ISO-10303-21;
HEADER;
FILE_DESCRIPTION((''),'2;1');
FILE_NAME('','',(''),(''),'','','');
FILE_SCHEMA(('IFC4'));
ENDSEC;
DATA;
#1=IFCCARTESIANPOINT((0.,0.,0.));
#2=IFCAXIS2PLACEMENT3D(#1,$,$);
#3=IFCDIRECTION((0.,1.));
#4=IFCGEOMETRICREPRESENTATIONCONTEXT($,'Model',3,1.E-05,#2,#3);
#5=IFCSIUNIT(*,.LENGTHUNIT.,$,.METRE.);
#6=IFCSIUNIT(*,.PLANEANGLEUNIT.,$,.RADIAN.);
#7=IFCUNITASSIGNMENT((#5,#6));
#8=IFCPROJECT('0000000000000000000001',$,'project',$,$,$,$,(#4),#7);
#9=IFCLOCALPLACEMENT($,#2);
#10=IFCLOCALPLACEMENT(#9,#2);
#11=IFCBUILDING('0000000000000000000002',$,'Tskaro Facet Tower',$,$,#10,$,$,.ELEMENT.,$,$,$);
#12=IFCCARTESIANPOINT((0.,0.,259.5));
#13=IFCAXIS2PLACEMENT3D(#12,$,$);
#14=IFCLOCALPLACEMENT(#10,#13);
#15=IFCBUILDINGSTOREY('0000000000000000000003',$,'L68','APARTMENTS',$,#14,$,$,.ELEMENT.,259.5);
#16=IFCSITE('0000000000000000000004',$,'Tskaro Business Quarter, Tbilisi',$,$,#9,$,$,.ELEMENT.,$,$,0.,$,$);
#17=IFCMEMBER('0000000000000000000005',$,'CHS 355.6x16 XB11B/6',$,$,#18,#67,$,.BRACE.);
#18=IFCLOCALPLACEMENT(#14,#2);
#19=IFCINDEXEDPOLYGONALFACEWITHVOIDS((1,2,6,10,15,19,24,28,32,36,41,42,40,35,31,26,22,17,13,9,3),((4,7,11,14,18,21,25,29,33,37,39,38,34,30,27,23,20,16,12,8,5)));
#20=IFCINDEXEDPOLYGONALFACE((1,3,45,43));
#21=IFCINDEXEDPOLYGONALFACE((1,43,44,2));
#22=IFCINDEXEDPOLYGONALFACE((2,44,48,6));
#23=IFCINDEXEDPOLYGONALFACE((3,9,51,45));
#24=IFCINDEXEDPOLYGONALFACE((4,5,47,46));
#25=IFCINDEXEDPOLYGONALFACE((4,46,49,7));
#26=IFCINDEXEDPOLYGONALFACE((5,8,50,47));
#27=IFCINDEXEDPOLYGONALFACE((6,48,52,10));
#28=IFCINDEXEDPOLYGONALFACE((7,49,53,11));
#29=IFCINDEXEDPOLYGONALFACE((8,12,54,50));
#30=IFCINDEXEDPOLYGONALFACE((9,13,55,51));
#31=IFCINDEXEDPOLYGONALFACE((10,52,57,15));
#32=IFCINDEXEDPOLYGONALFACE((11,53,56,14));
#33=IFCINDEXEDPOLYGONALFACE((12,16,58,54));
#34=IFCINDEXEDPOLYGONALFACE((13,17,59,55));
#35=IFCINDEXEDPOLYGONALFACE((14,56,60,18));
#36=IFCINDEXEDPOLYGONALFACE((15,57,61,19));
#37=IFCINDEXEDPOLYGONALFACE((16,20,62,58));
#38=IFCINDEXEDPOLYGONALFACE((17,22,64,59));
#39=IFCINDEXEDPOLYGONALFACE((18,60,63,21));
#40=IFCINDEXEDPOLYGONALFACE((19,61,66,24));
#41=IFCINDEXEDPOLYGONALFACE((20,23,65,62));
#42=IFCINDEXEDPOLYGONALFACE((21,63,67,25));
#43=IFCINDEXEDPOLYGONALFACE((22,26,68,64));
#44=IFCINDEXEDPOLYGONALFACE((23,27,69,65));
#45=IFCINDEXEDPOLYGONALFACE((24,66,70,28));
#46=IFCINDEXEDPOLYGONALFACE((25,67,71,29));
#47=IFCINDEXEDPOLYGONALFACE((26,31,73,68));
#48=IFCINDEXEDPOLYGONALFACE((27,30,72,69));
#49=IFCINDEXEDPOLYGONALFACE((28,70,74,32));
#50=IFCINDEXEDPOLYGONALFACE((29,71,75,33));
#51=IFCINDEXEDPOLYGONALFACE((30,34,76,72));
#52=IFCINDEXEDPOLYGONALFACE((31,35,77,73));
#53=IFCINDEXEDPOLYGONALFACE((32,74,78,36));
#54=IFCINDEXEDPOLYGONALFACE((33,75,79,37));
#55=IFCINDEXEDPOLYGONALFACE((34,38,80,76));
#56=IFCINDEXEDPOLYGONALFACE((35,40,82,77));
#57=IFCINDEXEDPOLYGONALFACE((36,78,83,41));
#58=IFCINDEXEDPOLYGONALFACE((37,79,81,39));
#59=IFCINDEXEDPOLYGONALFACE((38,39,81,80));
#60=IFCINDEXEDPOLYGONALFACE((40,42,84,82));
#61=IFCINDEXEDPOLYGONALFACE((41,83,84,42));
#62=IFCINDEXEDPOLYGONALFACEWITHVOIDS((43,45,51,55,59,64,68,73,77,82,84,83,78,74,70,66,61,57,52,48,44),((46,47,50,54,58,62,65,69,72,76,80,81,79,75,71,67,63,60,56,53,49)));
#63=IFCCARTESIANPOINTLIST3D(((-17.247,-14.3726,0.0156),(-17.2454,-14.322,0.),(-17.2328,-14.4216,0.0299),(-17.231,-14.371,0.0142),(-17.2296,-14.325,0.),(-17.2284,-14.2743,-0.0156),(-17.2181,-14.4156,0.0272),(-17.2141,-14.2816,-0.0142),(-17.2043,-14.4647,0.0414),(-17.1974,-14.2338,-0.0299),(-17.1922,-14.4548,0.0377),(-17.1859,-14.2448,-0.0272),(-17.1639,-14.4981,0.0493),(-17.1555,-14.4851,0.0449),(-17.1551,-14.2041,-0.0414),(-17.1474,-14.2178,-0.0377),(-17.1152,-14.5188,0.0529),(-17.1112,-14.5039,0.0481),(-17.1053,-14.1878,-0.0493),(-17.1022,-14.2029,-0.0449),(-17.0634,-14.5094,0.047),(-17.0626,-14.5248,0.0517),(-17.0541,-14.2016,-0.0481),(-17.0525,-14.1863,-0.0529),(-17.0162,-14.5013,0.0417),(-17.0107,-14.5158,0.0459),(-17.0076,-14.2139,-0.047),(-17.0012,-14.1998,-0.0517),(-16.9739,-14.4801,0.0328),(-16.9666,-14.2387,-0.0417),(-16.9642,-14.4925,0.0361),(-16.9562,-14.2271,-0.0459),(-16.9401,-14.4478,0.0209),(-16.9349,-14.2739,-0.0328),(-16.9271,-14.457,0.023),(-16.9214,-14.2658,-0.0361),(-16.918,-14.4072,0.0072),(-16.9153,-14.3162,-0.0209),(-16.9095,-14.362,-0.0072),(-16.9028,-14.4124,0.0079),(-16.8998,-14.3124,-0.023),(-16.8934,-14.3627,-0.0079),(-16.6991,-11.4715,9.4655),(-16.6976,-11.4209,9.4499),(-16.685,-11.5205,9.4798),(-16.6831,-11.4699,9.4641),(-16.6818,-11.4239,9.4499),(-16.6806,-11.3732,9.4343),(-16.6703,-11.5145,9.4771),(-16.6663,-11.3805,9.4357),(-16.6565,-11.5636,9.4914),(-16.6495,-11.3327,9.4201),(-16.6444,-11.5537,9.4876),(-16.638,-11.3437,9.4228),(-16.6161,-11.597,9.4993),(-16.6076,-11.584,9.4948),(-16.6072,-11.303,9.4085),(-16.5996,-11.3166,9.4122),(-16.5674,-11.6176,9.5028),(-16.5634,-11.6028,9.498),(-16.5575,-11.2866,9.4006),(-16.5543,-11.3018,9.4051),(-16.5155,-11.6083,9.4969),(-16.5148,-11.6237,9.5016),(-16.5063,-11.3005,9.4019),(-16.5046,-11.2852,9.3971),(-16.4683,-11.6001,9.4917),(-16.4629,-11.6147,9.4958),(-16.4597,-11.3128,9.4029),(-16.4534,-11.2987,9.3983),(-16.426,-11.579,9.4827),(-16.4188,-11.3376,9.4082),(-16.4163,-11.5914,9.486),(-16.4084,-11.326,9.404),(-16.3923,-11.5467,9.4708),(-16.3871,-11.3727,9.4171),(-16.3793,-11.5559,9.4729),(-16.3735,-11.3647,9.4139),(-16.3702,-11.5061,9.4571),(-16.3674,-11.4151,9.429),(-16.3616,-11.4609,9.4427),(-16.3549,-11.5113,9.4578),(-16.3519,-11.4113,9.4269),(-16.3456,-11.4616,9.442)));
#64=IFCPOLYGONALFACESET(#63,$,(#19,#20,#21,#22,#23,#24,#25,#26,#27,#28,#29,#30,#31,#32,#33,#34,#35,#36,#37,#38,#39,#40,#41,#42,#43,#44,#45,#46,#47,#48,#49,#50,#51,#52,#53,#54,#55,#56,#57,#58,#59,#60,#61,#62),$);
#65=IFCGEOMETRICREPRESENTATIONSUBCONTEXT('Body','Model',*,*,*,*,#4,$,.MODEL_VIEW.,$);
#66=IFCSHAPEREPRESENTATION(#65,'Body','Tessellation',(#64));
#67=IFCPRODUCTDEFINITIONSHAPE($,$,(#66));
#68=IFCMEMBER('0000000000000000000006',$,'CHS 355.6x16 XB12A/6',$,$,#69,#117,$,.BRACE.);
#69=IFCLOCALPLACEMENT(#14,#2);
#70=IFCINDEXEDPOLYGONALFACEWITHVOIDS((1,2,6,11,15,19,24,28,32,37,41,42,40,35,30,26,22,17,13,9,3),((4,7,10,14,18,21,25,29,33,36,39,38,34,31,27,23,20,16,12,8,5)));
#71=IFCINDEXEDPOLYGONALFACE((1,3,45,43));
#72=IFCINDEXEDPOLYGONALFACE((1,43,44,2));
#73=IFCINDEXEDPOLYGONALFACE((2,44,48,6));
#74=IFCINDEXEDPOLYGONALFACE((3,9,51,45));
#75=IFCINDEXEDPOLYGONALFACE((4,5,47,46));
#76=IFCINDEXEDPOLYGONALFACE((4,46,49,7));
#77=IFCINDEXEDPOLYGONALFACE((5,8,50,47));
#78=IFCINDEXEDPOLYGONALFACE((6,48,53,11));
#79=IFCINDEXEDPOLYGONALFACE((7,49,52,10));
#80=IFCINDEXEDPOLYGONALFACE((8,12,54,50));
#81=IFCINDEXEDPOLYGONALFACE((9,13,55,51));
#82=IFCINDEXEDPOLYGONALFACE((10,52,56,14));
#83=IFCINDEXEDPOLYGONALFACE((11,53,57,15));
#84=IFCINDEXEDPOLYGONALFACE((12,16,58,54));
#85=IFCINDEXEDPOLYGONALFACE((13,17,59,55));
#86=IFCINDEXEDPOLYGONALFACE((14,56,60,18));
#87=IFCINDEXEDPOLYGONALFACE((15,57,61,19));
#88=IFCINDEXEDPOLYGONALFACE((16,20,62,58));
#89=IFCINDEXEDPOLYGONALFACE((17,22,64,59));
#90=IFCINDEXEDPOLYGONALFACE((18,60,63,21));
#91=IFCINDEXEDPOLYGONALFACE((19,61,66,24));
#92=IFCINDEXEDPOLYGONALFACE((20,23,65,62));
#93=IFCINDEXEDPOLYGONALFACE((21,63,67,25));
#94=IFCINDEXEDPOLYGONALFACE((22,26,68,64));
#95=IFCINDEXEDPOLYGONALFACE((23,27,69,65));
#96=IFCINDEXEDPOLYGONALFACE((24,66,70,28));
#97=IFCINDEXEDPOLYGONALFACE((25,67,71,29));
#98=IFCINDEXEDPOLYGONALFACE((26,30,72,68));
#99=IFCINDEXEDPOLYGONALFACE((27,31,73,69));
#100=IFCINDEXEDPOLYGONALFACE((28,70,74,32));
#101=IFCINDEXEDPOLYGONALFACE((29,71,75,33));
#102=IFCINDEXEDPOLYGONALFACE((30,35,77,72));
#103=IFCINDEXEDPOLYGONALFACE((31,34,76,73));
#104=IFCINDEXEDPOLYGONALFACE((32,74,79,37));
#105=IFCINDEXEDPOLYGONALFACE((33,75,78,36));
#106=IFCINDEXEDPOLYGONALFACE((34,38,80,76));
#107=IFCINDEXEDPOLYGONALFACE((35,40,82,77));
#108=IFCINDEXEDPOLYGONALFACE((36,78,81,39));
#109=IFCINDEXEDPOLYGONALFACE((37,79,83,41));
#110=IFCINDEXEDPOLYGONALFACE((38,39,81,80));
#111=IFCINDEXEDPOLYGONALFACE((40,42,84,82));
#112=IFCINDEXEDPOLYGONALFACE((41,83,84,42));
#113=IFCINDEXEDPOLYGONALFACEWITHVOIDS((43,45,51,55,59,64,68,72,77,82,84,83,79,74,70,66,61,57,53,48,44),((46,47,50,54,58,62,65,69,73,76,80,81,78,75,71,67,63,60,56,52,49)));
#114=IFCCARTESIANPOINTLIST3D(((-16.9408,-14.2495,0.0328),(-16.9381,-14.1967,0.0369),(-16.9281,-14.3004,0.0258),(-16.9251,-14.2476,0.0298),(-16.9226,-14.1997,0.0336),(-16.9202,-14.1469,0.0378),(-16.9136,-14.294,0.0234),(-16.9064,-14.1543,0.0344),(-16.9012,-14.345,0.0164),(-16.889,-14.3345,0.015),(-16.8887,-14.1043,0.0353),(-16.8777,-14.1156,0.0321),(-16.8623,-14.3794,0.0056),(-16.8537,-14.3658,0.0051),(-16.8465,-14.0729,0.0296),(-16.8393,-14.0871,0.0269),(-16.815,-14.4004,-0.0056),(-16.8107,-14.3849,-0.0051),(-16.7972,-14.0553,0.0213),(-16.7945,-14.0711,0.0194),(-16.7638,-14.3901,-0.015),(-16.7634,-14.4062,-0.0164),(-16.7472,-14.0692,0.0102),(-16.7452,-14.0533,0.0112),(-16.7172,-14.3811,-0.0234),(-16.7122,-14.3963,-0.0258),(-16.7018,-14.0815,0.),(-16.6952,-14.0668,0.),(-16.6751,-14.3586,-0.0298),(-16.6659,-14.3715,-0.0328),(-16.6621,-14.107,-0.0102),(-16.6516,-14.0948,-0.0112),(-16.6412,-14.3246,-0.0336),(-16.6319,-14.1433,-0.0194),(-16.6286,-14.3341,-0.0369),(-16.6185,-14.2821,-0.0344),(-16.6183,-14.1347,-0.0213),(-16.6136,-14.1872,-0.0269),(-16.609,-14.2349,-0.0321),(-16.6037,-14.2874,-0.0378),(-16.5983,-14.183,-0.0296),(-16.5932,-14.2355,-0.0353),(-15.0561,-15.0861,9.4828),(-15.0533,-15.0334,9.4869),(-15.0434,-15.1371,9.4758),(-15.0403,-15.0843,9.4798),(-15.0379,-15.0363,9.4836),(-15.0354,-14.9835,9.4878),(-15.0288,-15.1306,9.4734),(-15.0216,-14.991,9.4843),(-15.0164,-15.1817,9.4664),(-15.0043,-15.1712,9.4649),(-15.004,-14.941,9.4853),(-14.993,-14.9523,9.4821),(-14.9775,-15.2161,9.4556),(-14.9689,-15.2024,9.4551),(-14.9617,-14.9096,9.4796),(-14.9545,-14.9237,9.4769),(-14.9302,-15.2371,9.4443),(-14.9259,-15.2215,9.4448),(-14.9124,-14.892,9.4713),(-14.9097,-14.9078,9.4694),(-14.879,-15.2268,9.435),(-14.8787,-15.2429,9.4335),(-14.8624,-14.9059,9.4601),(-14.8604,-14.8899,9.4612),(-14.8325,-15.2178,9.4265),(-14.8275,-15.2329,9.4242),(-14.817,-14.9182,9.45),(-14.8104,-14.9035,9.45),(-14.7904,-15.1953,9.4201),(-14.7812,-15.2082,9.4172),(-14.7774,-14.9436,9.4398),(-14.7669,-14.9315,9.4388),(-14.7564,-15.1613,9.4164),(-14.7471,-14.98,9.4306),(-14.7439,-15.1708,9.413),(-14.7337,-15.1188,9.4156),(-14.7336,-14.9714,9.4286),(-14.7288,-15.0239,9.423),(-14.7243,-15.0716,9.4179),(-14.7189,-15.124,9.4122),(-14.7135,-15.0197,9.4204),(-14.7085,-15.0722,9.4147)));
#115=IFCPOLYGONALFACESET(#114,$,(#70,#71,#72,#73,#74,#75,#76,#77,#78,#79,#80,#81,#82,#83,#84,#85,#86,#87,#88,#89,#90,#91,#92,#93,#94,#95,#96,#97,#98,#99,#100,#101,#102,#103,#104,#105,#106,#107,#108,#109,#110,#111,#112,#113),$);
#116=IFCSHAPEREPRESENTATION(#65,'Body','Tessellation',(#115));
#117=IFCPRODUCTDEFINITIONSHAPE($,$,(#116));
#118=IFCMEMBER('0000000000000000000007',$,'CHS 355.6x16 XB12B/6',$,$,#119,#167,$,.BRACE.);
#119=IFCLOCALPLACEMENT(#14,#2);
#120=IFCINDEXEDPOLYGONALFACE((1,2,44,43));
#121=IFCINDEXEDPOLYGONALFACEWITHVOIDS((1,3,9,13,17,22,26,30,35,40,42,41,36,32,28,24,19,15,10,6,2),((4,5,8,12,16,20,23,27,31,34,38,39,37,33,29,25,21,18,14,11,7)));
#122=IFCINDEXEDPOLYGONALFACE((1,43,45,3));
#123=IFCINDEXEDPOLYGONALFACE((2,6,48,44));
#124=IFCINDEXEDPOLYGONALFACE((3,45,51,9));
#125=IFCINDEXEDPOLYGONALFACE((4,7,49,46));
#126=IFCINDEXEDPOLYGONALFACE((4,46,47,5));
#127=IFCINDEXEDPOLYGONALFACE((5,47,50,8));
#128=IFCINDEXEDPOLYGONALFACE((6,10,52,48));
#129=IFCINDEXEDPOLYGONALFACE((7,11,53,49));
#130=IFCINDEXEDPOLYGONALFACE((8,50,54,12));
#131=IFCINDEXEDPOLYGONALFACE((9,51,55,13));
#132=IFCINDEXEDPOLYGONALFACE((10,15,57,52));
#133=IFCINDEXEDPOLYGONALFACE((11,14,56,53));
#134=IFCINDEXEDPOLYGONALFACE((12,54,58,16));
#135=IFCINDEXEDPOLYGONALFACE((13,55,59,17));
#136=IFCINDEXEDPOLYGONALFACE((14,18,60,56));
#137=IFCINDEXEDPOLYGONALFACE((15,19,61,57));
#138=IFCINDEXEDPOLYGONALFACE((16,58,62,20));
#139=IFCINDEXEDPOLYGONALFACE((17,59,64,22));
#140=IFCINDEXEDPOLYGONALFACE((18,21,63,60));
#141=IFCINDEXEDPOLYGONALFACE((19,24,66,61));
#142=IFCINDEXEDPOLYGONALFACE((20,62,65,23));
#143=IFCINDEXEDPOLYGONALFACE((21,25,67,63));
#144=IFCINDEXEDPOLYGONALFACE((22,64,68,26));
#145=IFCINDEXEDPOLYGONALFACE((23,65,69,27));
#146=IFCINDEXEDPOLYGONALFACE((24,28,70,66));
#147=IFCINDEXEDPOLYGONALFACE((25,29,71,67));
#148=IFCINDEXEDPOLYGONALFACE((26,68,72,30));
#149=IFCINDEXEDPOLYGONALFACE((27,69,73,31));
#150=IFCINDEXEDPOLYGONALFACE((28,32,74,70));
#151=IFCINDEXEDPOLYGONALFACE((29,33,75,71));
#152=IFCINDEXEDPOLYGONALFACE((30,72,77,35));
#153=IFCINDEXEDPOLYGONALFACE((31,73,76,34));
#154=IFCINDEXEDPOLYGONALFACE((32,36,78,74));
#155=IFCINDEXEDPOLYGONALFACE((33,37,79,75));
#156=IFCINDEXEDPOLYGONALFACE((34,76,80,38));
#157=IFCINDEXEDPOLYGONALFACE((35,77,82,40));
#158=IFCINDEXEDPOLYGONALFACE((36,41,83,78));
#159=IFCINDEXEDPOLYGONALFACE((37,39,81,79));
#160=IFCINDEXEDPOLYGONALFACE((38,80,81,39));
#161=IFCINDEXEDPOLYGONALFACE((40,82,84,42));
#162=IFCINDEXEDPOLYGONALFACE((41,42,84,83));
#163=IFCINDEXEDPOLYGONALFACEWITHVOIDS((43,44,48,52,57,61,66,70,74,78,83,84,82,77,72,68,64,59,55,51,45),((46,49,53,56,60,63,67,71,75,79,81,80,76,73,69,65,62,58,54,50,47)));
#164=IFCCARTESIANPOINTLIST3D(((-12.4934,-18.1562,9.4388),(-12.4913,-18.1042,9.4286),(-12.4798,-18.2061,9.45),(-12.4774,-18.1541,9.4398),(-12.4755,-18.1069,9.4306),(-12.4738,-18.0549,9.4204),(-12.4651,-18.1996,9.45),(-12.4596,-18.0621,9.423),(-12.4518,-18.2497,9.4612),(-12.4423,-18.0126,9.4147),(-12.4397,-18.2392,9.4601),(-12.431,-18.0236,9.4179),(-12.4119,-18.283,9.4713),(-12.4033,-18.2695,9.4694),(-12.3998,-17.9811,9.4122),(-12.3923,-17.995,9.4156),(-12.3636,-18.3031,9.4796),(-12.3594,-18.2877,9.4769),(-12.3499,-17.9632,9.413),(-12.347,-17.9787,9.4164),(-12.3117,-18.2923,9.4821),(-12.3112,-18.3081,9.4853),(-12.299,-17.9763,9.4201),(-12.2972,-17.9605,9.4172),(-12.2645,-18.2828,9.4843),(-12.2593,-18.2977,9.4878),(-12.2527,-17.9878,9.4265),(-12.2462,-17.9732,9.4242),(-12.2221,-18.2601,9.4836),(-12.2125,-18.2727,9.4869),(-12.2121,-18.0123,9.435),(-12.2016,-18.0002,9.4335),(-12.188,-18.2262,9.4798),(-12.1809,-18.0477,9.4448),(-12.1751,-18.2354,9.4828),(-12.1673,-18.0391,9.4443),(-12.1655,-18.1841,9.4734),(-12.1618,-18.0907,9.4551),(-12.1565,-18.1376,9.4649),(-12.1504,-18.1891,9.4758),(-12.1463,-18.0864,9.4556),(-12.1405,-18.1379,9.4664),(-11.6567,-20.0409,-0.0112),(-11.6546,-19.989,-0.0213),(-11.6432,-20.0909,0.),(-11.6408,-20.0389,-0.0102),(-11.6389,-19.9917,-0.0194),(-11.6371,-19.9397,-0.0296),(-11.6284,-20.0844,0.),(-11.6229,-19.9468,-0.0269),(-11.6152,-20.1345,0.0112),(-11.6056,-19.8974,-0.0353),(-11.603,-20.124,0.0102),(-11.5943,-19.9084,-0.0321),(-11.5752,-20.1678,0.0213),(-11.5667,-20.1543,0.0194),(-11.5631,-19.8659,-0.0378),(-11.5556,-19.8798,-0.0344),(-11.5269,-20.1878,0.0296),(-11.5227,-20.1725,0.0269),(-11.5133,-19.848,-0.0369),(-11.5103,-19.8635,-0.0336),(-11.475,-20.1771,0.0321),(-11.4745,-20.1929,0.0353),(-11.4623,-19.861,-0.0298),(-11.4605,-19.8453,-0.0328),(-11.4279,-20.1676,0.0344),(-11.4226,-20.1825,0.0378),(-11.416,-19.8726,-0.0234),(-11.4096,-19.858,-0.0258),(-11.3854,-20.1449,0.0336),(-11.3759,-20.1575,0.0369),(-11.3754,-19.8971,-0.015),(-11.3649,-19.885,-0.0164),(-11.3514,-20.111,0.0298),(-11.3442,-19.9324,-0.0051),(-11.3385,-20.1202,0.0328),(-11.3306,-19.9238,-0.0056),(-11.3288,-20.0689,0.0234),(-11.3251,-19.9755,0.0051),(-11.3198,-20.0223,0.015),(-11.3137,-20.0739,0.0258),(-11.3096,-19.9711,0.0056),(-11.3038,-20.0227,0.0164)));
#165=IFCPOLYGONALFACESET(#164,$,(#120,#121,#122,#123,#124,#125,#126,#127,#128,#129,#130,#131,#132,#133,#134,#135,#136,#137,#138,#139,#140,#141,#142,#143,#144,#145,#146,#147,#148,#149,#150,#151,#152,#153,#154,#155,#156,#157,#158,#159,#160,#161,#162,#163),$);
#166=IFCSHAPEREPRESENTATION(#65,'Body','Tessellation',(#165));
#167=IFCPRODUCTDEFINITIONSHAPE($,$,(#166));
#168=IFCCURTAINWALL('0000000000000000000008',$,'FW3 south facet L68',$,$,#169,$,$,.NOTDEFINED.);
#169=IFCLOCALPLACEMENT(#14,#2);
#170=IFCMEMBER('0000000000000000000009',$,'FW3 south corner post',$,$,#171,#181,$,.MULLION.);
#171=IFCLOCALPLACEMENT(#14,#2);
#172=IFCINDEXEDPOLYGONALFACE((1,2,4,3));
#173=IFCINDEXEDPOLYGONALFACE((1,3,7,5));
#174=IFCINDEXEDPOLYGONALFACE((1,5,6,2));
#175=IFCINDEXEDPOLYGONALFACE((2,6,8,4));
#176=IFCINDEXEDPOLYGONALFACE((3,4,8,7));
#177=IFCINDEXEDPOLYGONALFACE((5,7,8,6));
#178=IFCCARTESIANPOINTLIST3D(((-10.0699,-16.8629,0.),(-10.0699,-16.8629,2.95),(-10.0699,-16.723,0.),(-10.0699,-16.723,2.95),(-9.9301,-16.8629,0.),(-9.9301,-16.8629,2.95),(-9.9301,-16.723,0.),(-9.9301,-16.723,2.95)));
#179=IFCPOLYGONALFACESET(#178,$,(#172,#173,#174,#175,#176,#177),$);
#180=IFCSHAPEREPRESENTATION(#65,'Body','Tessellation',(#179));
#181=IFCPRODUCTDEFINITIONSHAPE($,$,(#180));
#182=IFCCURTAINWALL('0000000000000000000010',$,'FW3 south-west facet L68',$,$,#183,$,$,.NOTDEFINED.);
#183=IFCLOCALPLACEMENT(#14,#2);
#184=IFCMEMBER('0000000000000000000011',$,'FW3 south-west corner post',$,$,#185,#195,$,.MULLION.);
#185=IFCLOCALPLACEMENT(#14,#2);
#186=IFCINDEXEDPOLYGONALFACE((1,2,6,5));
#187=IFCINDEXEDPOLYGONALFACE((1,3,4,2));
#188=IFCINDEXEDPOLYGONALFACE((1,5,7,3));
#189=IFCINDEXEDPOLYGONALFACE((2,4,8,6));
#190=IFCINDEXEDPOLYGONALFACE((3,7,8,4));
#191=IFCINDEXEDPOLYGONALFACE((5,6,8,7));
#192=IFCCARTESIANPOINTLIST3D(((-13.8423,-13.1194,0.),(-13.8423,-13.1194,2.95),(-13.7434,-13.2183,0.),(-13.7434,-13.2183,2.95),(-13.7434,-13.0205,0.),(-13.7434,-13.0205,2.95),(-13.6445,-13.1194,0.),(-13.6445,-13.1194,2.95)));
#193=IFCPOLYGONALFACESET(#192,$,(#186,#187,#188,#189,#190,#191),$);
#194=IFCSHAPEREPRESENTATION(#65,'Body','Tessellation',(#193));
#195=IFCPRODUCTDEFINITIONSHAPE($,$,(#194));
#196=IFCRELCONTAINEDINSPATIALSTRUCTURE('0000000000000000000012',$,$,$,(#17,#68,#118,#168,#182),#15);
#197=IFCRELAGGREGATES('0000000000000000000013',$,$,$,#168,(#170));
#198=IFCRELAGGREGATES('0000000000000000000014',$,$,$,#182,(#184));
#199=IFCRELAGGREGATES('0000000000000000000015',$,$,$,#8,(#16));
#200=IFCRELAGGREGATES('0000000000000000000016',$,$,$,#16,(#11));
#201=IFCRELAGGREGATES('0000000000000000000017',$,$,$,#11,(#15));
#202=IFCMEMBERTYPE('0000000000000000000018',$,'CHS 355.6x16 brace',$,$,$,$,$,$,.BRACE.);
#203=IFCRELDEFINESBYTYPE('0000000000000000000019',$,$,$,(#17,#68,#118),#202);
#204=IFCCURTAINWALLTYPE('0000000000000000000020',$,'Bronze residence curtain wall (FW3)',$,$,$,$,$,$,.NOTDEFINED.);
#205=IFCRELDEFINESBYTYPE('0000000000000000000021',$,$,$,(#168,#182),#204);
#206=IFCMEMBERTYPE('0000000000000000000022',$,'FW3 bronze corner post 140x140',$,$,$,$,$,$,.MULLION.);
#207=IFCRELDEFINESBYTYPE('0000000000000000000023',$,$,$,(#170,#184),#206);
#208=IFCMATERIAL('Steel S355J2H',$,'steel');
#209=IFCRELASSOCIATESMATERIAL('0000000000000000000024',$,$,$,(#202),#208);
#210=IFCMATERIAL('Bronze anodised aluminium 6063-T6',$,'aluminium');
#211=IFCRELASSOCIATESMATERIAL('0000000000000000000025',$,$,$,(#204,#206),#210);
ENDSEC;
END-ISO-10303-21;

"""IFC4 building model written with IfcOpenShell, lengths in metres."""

from ifc_helpers import new_model, si_unit, direction, frame, origin, origin_2d, place, context, subcontext, project, spatial, rectangle, hollow_circle, extrude, material, material_profile, profile_set, type_object, element, aggregate, save


model = new_model("IFC4")

# Units and contexts
model_context = context("Model", 3, precision=1e-05, world=origin(), true_north=direction((0.0, 1.0)))
body_context = subcontext(model_context, "Body", "Model", "MODEL_VIEW")
ifc_project = project(units=[si_unit("LENGTHUNIT", "METRE"), si_unit("PLANEANGLEUNIT", "RADIAN")], contexts=[model_context])

# Site, building, storey
site_placement = place(None, origin())
site = spatial("IfcSite", under=ifc_project, at=site_placement, Name="Tskaro Business Quarter, Tbilisi", CompositionType="ELEMENT", RefElevation=0.0)
building_placement = place(site_placement, origin())
building = spatial("IfcBuilding", under=site, at=building_placement, Name="Tskaro Facet Tower", CompositionType="ELEMENT")
storey_placement = place(building_placement, frame((0.0, 0.0, 259.5)))
storey = spatial("IfcBuildingStorey", under=building, at=storey_placement, Name="L68", Description="APARTMENTS", CompositionType="ELEMENT", Elevation=259.5)

# Shared definitions
ifc_material_1 = material(Name="Steel S355J2H", Category="steel")

# Members
ifc_material_profile_1 = material_profile(ifc_material_1, hollow_circle(Radius=0.1777, WallThickness=0.0161, at=origin_2d()), Name="CHS 355.6x16")
ifc_profile_set_1 = profile_set([ifc_material_profile_1], Name="Steel S355J2H")
member_type_1 = type_object("IfcMemberType", Name="CHS 355.6x16 brace", PredefinedType="BRACE", material=ifc_profile_set_1)
member_1_placement = place(storey_placement, frame((-17.0708, -14.355, 0.0), z_axis=(0.055336, 0.29303, 0.9545), x_axis=(-0.982633, 0.185562, 0.0)))
element("IfcMember", 1, at=member_1_placement, inside=storey, type_object=member_type_1, Name="CHS 355.6x16 XB11B/6", PredefinedType="BRACE", context=body_context, shape_type="SweptSolid", body=[
    extrude(hollow_circle(Radius=0.1777, WallThickness=0.0161, at=origin_2d()), origin(), (0.0, 0.0, 1.0), 9.9004),
])
for number, where, z_axis, x_axis, name in (
    (2, (-16.7673, -14.2292, 0.0), (0.194862, -0.086501, 0.977009), (0.405732, 0.913992, 0.0), "CHS 355.6x16 XB12A/6"),
    (3, (-11.4807, -20.0188, 0.0), (-0.086501, 0.194862, 0.977009), (-0.913992, -0.405732, 0.0), "CHS 355.6x16 XB12B/6"),
):
    element("IfcMember", number, at=place(storey_placement, frame(where, z_axis=z_axis, x_axis=x_axis)), inside=storey, type_object=member_type_1, Name=name, PredefinedType="BRACE", context=body_context, shape_type="SweptSolid", body=[
        extrude(hollow_circle(Radius=0.1777, WallThickness=0.0161, at=origin_2d()), origin(), (0.0, 0.0, 1.0), 9.6724),
    ])

# Curtain walls, members
ifc_material_2 = material(Name="Bronze anodised aluminium 6063-T6", Category="aluminium")
curtain_wall_type = type_object("IfcCurtainWallType", Name="Bronze residence curtain wall (FW3)", PredefinedType="NOTDEFINED", material=ifc_material_2)
curtain_wall_1_placement = place(storey_placement, origin())
curtain_wall_1 = element("IfcCurtainWall", 4, at=curtain_wall_1_placement, inside=storey, type_object=curtain_wall_type, Name="FW3 south facet L68", PredefinedType="NOTDEFINED")
ifc_material_profile_2 = material_profile(ifc_material_2, rectangle(XDim=0.1399, YDim=0.1399, at=origin_2d()), Name="Corner post 140x140")
ifc_profile_set_2 = profile_set([ifc_material_profile_2], Name="Bronze anodised aluminium 6063-T6")
member_type_2 = type_object("IfcMemberType", Name="FW3 bronze corner post 140x140", PredefinedType="MULLION", material=ifc_profile_set_2)
member_2_placement = place(storey_placement, frame((-10.0, -16.793, 0.0), z_axis=(0.0, 0.0, 1.0), x_axis=(1.0, 0.0, 0.0)))
member_2 = element("IfcMember", 5, at=member_2_placement, type_object=member_type_2, Name="FW3 south corner post", PredefinedType="MULLION", context=body_context, shape_type="SweptSolid", body=[
    extrude(rectangle(XDim=0.1399, YDim=0.1399, at=origin_2d()), origin(), (0.0, 0.0, 1.0), 2.95),
])
curtain_wall_2_placement = place(storey_placement, origin())
curtain_wall_2 = element("IfcCurtainWall", 6, at=curtain_wall_2_placement, inside=storey, type_object=curtain_wall_type, Name="FW3 south-west facet L68", PredefinedType="NOTDEFINED")
member_3_placement = place(storey_placement, frame((-13.7434, -13.1194, 0.0), z_axis=(0.0, 0.0, 1.0), x_axis=(0.707107, -0.707107, 0.0)))
member_3 = element("IfcMember", 7, at=member_3_placement, type_object=member_type_2, Name="FW3 south-west corner post", PredefinedType="MULLION", context=body_context, shape_type="SweptSolid", body=[
    extrude(rectangle(XDim=0.1399, YDim=0.1399, at=origin_2d()), origin(), (0.0, 0.0, 1.0), 2.95),
])

aggregate(curtain_wall_1, [member_2])

aggregate(curtain_wall_2, [member_3])

save(model, "model.ifc")
